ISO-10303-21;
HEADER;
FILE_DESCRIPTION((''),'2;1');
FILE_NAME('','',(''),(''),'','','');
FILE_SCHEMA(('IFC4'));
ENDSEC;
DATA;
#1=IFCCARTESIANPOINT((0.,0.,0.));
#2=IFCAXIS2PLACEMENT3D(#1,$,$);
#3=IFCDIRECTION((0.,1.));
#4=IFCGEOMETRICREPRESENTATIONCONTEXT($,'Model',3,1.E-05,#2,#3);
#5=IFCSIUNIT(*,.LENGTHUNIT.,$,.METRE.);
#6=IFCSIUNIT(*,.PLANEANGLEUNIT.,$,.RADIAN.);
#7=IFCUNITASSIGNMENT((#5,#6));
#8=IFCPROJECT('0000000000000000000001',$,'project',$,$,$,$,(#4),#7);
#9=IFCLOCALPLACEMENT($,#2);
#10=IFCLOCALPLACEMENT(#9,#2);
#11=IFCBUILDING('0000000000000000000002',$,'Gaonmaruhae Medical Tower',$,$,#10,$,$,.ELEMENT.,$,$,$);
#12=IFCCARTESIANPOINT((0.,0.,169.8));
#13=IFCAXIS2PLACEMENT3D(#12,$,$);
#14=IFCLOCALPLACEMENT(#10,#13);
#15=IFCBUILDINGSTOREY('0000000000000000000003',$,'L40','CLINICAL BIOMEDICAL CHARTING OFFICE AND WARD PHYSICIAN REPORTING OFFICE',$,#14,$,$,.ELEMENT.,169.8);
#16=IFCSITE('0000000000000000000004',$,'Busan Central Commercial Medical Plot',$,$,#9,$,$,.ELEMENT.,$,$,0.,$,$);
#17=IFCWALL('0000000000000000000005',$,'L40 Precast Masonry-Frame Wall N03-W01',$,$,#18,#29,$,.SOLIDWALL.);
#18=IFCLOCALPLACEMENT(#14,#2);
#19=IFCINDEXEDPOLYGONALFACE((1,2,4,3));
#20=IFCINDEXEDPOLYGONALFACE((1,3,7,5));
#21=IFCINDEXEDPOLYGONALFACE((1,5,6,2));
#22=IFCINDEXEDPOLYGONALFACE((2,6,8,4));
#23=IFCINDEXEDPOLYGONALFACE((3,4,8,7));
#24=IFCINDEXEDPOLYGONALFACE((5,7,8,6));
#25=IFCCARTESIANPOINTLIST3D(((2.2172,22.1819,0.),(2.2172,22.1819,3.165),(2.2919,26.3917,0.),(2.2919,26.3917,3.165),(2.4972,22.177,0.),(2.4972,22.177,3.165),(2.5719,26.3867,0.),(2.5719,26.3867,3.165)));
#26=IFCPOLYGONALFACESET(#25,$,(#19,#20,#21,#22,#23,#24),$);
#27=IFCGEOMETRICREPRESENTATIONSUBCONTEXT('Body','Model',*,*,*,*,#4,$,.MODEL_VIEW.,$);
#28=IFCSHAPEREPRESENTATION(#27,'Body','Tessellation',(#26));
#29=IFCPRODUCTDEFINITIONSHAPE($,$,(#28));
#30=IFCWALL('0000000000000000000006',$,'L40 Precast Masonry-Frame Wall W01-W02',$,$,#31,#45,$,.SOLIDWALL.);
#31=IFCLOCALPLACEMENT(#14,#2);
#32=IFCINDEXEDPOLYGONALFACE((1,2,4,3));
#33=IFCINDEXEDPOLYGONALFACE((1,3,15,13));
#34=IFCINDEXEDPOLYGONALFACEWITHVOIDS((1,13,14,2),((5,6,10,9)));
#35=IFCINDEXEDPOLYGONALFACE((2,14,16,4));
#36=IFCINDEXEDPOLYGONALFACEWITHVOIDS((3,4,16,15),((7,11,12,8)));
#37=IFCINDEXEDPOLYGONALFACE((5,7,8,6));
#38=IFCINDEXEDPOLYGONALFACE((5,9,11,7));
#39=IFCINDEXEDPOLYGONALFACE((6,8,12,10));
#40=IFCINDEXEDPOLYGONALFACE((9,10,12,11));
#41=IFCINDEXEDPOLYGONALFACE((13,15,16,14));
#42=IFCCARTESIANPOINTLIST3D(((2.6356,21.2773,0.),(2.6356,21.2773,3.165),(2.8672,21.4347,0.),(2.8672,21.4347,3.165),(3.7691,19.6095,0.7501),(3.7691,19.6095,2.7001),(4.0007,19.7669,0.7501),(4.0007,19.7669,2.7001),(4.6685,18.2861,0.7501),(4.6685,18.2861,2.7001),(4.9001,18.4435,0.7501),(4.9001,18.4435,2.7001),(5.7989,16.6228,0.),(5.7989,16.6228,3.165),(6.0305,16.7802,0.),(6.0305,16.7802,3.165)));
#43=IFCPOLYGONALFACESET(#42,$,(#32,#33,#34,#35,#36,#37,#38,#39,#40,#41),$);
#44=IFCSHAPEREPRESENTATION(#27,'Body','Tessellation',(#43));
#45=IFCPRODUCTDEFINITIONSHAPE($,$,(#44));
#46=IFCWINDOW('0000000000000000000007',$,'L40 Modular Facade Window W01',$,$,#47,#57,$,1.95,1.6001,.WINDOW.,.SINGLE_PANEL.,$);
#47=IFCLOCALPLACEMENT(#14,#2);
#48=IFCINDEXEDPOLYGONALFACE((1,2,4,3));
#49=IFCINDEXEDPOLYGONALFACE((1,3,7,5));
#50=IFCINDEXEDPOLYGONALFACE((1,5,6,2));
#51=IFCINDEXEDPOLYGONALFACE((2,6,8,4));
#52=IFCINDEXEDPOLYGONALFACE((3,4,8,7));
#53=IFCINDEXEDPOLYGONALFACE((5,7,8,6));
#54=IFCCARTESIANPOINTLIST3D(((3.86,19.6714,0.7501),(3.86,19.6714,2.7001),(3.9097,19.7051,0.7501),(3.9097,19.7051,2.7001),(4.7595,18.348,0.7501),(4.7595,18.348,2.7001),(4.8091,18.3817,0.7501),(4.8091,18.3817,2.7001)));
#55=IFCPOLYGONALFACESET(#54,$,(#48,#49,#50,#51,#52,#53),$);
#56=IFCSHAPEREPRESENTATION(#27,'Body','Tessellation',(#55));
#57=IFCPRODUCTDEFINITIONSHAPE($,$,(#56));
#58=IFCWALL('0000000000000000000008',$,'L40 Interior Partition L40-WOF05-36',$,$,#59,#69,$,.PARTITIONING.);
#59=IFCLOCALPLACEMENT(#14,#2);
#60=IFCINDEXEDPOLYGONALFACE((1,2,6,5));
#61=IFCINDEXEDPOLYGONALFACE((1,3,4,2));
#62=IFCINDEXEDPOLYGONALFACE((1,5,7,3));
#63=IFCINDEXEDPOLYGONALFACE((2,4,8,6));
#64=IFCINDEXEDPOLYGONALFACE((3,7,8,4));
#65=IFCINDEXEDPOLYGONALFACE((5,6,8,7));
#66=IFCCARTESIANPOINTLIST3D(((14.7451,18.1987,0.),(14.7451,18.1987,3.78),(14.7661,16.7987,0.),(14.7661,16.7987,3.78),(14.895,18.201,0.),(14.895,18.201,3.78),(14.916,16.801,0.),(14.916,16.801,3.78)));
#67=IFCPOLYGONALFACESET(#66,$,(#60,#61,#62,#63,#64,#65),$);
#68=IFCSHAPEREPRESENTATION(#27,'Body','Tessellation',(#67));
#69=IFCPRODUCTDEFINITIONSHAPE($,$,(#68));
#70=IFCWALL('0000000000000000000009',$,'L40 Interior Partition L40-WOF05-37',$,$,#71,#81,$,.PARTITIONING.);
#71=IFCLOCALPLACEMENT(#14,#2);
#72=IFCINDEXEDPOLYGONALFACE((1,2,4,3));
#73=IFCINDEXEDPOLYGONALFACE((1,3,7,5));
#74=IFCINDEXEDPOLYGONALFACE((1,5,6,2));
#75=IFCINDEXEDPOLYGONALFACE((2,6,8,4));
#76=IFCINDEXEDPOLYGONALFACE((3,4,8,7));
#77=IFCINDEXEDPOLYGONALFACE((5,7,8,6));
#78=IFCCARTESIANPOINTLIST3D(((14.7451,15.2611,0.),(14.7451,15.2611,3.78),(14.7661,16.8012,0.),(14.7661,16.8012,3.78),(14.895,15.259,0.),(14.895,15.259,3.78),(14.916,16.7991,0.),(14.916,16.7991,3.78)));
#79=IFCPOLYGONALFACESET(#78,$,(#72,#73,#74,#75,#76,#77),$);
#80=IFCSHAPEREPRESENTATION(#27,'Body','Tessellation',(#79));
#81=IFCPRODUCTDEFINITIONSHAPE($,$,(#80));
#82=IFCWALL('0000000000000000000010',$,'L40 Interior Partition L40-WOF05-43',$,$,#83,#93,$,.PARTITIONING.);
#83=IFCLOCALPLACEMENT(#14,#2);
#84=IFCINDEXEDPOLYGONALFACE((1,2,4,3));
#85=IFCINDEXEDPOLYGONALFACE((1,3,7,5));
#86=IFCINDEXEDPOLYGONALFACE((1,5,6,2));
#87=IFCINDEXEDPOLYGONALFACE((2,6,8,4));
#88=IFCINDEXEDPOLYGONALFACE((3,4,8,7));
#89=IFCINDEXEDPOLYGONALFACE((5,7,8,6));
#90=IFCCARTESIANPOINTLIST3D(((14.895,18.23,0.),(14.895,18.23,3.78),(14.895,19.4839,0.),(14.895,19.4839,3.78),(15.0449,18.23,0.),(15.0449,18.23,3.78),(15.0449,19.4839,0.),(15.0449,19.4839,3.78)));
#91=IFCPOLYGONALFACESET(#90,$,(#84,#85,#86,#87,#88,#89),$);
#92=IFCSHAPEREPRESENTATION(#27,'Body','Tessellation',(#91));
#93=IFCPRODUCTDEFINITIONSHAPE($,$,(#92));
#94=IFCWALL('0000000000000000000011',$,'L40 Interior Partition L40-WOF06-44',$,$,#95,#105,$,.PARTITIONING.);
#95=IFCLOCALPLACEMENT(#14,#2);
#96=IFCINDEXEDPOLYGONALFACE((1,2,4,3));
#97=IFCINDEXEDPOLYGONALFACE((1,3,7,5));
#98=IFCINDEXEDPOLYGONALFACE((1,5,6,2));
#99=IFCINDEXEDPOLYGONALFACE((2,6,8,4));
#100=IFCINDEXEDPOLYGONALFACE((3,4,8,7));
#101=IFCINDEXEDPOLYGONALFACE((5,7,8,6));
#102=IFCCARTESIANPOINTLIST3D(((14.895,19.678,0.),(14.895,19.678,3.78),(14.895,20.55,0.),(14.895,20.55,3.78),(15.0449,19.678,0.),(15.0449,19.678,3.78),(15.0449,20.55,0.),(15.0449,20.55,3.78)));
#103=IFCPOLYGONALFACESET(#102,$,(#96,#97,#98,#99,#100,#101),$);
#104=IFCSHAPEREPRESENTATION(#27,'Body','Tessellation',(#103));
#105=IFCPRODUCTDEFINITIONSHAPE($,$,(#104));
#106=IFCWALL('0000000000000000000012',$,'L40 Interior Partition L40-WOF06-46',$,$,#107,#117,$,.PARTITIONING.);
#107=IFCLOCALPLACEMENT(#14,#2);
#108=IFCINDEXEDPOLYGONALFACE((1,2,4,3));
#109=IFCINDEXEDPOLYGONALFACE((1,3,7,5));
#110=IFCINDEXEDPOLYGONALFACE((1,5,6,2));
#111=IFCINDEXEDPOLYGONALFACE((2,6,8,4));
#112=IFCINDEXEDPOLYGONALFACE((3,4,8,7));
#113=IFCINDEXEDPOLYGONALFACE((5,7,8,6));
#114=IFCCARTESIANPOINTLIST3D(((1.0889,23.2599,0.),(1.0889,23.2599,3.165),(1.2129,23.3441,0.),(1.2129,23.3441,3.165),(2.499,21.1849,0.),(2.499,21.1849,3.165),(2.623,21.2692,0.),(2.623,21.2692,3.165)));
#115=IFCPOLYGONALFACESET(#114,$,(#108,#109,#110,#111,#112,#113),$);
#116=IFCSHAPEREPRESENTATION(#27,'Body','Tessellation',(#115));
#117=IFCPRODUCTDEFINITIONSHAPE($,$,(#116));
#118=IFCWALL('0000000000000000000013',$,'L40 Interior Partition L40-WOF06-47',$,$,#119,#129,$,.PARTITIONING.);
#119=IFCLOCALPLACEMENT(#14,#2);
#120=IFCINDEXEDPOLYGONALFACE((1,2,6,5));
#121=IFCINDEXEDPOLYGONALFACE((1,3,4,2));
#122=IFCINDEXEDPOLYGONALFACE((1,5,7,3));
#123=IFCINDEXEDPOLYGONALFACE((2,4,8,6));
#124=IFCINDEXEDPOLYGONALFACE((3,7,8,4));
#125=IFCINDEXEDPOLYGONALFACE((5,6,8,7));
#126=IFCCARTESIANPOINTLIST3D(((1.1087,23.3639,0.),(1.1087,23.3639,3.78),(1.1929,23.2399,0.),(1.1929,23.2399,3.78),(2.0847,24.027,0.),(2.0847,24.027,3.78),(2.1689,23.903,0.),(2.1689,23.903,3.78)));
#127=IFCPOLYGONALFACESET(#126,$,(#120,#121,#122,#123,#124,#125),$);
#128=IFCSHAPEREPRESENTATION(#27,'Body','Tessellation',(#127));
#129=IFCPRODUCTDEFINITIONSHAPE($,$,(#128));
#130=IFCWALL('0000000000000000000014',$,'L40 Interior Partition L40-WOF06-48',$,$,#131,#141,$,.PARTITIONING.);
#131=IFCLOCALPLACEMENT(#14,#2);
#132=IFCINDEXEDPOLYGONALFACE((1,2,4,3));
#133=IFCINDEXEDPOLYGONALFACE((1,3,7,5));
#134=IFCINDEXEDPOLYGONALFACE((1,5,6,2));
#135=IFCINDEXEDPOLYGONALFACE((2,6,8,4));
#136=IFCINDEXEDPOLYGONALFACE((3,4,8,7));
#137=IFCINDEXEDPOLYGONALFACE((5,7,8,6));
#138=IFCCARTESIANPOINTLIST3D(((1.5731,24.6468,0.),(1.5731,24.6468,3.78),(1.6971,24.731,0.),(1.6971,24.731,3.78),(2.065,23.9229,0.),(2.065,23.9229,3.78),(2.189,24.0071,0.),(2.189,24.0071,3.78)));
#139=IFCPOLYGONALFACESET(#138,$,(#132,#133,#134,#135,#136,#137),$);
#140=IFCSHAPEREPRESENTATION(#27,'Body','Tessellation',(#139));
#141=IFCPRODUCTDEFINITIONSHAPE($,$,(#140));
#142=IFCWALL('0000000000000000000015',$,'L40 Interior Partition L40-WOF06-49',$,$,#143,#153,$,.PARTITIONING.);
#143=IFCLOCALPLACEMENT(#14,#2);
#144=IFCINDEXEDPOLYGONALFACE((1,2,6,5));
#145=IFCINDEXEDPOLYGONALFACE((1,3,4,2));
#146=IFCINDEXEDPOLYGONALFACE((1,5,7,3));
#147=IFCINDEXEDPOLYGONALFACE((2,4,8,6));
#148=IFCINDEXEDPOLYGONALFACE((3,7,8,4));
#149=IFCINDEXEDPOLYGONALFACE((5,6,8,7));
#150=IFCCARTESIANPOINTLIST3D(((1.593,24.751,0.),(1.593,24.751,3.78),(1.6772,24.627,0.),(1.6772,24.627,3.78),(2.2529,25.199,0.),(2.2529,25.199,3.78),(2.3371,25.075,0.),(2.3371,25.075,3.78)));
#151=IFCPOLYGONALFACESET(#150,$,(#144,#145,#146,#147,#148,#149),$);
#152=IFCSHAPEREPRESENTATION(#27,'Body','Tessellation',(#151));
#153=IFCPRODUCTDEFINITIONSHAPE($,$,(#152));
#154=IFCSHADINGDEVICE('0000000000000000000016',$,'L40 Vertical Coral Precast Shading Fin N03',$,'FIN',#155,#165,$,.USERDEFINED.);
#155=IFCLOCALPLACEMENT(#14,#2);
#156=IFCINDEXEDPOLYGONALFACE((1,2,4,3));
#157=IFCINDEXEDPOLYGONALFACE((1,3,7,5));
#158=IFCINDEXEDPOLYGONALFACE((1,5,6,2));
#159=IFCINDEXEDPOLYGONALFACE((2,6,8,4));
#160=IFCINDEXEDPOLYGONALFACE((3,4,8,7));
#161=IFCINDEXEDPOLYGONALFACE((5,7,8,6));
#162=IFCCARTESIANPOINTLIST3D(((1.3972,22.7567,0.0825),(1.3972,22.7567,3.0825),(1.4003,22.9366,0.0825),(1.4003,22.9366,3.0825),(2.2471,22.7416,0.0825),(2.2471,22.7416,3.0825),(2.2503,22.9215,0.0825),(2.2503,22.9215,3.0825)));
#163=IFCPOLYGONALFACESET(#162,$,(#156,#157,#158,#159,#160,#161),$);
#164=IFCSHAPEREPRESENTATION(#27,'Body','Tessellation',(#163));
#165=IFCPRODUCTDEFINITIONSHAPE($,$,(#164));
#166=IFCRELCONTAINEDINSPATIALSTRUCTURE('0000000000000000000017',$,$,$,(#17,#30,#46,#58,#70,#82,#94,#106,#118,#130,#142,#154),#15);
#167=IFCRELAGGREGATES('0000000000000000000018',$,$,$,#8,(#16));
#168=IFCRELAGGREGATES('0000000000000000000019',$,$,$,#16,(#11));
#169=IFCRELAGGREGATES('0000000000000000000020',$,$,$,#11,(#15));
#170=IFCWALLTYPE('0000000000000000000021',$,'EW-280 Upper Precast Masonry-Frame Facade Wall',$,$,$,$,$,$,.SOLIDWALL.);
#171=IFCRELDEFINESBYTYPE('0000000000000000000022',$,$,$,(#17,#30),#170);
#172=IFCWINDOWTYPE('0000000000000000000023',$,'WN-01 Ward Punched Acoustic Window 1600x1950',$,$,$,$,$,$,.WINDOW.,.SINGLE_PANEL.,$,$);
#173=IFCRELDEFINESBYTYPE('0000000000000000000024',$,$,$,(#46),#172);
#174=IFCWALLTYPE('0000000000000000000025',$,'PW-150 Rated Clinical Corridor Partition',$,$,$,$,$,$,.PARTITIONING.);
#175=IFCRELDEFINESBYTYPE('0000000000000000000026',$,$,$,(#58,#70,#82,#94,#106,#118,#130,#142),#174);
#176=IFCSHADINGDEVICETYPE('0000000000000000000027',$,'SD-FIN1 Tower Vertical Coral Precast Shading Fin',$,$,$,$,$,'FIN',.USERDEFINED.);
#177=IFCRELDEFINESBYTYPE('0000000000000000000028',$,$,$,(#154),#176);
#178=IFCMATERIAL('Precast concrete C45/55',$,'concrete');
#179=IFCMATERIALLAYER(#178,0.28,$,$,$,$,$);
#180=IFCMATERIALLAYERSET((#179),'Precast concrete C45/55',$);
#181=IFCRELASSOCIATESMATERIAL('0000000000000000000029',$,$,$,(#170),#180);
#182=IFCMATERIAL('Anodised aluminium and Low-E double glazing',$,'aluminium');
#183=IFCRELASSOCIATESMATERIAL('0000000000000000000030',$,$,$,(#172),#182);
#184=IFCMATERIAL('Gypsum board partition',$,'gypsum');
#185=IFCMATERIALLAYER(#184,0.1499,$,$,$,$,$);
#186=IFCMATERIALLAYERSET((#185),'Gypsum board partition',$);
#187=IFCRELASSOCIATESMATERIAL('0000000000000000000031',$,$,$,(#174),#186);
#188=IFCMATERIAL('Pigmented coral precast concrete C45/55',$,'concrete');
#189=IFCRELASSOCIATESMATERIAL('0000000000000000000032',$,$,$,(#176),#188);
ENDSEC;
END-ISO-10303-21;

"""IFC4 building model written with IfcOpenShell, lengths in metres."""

from ifc_helpers import new_model, si_unit, direction, frame, frame_2d, origin, origin_2d, place, context, subcontext, project, spatial, rectangle, extrude, material, layer, layer_set, type_object, element, fill, save


model = new_model("IFC4")

# Units and contexts
model_context = context("Model", 3, precision=1e-05, world=origin(), true_north=direction((0.0, 1.0)))
body_context = subcontext(model_context, "Body", "Model", "MODEL_VIEW")
ifc_project = project(units=[si_unit("LENGTHUNIT", "METRE"), si_unit("PLANEANGLEUNIT", "RADIAN")], contexts=[model_context])

# Site, building, storey
site_placement = place(None, origin())
site = spatial("IfcSite", under=ifc_project, at=site_placement, Name="Busan Central Commercial Medical Plot", CompositionType="ELEMENT", RefElevation=0.0)
building_placement = place(site_placement, origin())
building = spatial("IfcBuilding", under=site, at=building_placement, Name="Gaonmaruhae Medical Tower", CompositionType="ELEMENT")
storey_placement = place(building_placement, frame((0.0, 0.0, 169.8)))
storey = spatial("IfcBuildingStorey", under=building, at=storey_placement, Name="L40", Description="CLINICAL BIOMEDICAL CHARTING OFFICE AND WARD PHYSICIAN REPORTING OFFICE", CompositionType="ELEMENT", Elevation=169.8)

# Wall
ifc_material_1 = material(Name="Precast concrete C45/55", Category="concrete")
ifc_layer_1 = layer(ifc_material_1, 0.28)
ifc_layer_set_1 = layer_set([ifc_layer_1], Name="Precast concrete C45/55")
wall_type_1 = type_object("IfcWallType", Name="EW-280 Upper Precast Masonry-Frame Facade Wall", PredefinedType="SOLIDWALL", material=ifc_layer_set_1)
wall_1_placement = place(storey_placement, frame((2.3572, 22.1794, 0.0), z_axis=(0.0, 0.0, 1.0), x_axis=(0.017744, 0.999843, 0.0)))
element("IfcWall", 1, at=wall_1_placement, inside=storey, type_object=wall_type_1, Name="L40 Precast Masonry-Frame Wall N03-W01", PredefinedType="SOLIDWALL", context=body_context, shape_type="SweptSolid", body=[
    extrude(rectangle(XDim=4.2104, YDim=0.28, at=frame_2d((2.1052, 0.0))), origin(), (0.0, 0.0, 1.0), 3.165),
])

# Wall, opening, window
wall_2_placement = place(storey_placement, frame((5.9148, 16.7014, 0.0), z_axis=(0.0, 0.0, 1.0), x_axis=(-0.562096, 0.827072, 0.0)))
wall_2 = element("IfcWall", 2, at=wall_2_placement, inside=storey, type_object=wall_type_1, Name="L40 Precast Masonry-Frame Wall W01-W02", PredefinedType="SOLIDWALL", context=body_context, shape_type="SweptSolid", body=[
    extrude(rectangle(XDim=5.6277, YDim=0.28, at=frame_2d((2.814, 0.0))), origin(), (0.0, 0.0, 1.0), 3.165),
])
opening_placement = place(wall_2_placement, frame((2.0112, 0.0, 0.75)))
opening = element("IfcOpeningElement", 3, at=opening_placement, cuts=wall_2, PredefinedType="OPENING", context=body_context, shape_type="SweptSolid", body=[
    extrude(rectangle(XDim=1.6001, YDim=1.95, at=frame_2d((0.8, 0.9751))), frame((0.0, 0.1499, 0.0), z_axis=(0.0, -1.0, 0.0), x_axis=(1.0, 0.0, 0.0)), (0.0, 0.0, 1.0), 0.3),
])
ifc_material_2 = material(Name="Anodised aluminium and Low-E double glazing", Category="aluminium")
window_type = type_object("IfcWindowType", Name="WN-01 Ward Punched Acoustic Window 1600x1950", PartitioningType="SINGLE_PANEL", PredefinedType="WINDOW", material=ifc_material_2)
window_placement = place(opening_placement, origin())
window = element("IfcWindow", 4, at=window_placement, inside=storey, type_object=window_type, Name="L40 Modular Facade Window W01", OverallHeight=1.95, OverallWidth=1.6001, PartitioningType="SINGLE_PANEL", PredefinedType="WINDOW", context=body_context, shape_type="SweptSolid", body=[
    extrude(rectangle(XDim=1.6001, YDim=1.95, at=frame_2d((0.8, 0.9751))), frame((0.0, 0.03, 0.0), z_axis=(0.0, -1.0, 0.0), x_axis=(1.0, 0.0, 0.0)), (0.0, 0.0, 1.0), 0.0601),
])
fill(opening, window)

# Walls
ifc_material_3 = material(Name="Gypsum board partition", Category="gypsum")
ifc_layer_2 = layer(ifc_material_3, 0.1499)
ifc_layer_set_2 = layer_set([ifc_layer_2], Name="Gypsum board partition")
wall_type_2 = type_object("IfcWallType", Name="PW-150 Rated Clinical Corridor Partition", PredefinedType="PARTITIONING", material=ifc_layer_set_2)
wall_3_placement = place(storey_placement, frame((14.8201, 18.2, 0.0), z_axis=(0.0, 0.0, 1.0), x_axis=(0.014997, -0.999888, 0.0)))
element("IfcWall", 5, at=wall_3_placement, inside=storey, type_object=wall_type_2, Name="L40 Interior Partition L40-WOF05-36", PredefinedType="PARTITIONING", context=body_context, shape_type="SweptSolid", body=[
    extrude(rectangle(XDim=1.4001, YDim=0.1499, at=frame_2d((0.7002, 0.0))), origin(), (0.0, 0.0, 1.0), 3.78),
])
wall_4_placement = place(storey_placement, frame((14.8411, 16.8, 0.0), z_axis=(0.0, 0.0, 1.0), x_axis=(-0.013632, -0.999907, 0.0)))
element("IfcWall", 6, at=wall_4_placement, inside=storey, type_object=wall_type_2, Name="L40 Interior Partition L40-WOF05-37", PredefinedType="PARTITIONING", context=body_context, shape_type="SweptSolid", body=[
    extrude(rectangle(XDim=1.5403, YDim=0.1499, at=frame_2d((0.77, 0.0))), origin(), (0.0, 0.0, 1.0), 3.78),
])
wall_5_placement = place(storey_placement, frame((14.97, 19.4839, 0.0), z_axis=(0.0, 0.0, 1.0), x_axis=(0.0, -1.0, 0.0)))
element("IfcWall", 7, at=wall_5_placement, inside=storey, type_object=wall_type_2, Name="L40 Interior Partition L40-WOF05-43", PredefinedType="PARTITIONING", context=body_context, shape_type="SweptSolid", body=[
    extrude(rectangle(XDim=1.2539, YDim=0.1499, at=frame_2d((0.627, 0.0))), origin(), (0.0, 0.0, 1.0), 3.78),
])
wall_6_placement = place(storey_placement, frame((14.97, 20.55, 0.0), z_axis=(0.0, 0.0, 1.0), x_axis=(0.0, -1.0, 0.0)))
element("IfcWall", 8, at=wall_6_placement, inside=storey, type_object=wall_type_2, Name="L40 Interior Partition L40-WOF06-44", PredefinedType="PARTITIONING", context=body_context, shape_type="SweptSolid", body=[
    extrude(rectangle(XDim=0.8721, YDim=0.1499, at=frame_2d((0.436, 0.0))), origin(), (0.0, 0.0, 1.0), 3.78),
])
wall_7_placement = place(storey_placement, frame((2.561, 21.2271, 0.0), z_axis=(0.0, 0.0, 1.0), x_axis=(-0.562089, 0.827077, 0.0)))
element("IfcWall", 9, at=wall_7_placement, inside=storey, type_object=wall_type_2, Name="L40 Interior Partition L40-WOF06-46", PredefinedType="PARTITIONING", context=body_context, shape_type="SweptSolid", body=[
    extrude(rectangle(XDim=2.5088, YDim=0.1499, at=frame_2d((1.2544, 0.0))), origin(), (0.0, 0.0, 1.0), 3.165),
])
wall_8_placement = place(storey_placement, frame((1.1509, 23.302, 0.0), z_axis=(0.0, 0.0, 1.0), x_axis=(0.82718, 0.561936, 0.0)))
element("IfcWall", 10, at=wall_8_placement, inside=storey, type_object=wall_type_2, Name="L40 Interior Partition L40-WOF06-47", PredefinedType="PARTITIONING", context=body_context, shape_type="SweptSolid", body=[
    extrude(rectangle(XDim=1.1799, YDim=0.1499, at=frame_2d((0.5898, 0.0))), origin(), (0.0, 0.0, 1.0), 3.78),
])
wall_9_placement = place(storey_placement, frame((2.127, 23.9651, 0.0), z_axis=(0.0, 0.0, 1.0), x_axis=(-0.562081, 0.827082, 0.0)))
element("IfcWall", 11, at=wall_9_placement, inside=storey, type_object=wall_type_2, Name="L40 Interior Partition L40-WOF06-48", PredefinedType="PARTITIONING", context=body_context, shape_type="SweptSolid", body=[
    extrude(rectangle(XDim=0.8752, YDim=0.1499, at=frame_2d((0.4375, 0.0))), origin(), (0.0, 0.0, 1.0), 3.78),
])
wall_10_placement = place(storey_placement, frame((1.635, 24.689, 0.0), z_axis=(0.0, 0.0, 1.0), x_axis=(0.827359, 0.561674, 0.0)))
element("IfcWall", 12, at=wall_10_placement, inside=storey, type_object=wall_type_2, Name="L40 Interior Partition L40-WOF06-49", PredefinedType="PARTITIONING", context=body_context, shape_type="SweptSolid", body=[
    extrude(rectangle(XDim=0.7976, YDim=0.1499, at=frame_2d((0.3989, 0.0))), origin(), (0.0, 0.0, 1.0), 3.78),
])

# Shading device
ifc_material_4 = material(Name="Pigmented coral precast concrete C45/55", Category="concrete")
shading_device_type = type_object("IfcShadingDeviceType", Name="SD-FIN1 Tower Vertical Coral Precast Shading Fin", ElementType="FIN", PredefinedType="USERDEFINED", material=ifc_material_4)
shading_device_placement = place(storey_placement, frame((1.8237, 22.8391, 0.0825), z_axis=(0.0, 0.0, 1.0), x_axis=(0.017767, 0.999842, 0.0)))
element("IfcShadingDevice", 13, at=shading_device_placement, inside=storey, type_object=shading_device_type, Name="L40 Vertical Coral Precast Shading Fin N03", ObjectType="FIN", PredefinedType="USERDEFINED", context=body_context, shape_type="SweptSolid", body=[
    extrude(rectangle(XDim=0.1799, YDim=0.8501, at=origin_2d()), origin(), (0.0, 0.0, 1.0), 3.0),
])

save(model, "model.ifc")
